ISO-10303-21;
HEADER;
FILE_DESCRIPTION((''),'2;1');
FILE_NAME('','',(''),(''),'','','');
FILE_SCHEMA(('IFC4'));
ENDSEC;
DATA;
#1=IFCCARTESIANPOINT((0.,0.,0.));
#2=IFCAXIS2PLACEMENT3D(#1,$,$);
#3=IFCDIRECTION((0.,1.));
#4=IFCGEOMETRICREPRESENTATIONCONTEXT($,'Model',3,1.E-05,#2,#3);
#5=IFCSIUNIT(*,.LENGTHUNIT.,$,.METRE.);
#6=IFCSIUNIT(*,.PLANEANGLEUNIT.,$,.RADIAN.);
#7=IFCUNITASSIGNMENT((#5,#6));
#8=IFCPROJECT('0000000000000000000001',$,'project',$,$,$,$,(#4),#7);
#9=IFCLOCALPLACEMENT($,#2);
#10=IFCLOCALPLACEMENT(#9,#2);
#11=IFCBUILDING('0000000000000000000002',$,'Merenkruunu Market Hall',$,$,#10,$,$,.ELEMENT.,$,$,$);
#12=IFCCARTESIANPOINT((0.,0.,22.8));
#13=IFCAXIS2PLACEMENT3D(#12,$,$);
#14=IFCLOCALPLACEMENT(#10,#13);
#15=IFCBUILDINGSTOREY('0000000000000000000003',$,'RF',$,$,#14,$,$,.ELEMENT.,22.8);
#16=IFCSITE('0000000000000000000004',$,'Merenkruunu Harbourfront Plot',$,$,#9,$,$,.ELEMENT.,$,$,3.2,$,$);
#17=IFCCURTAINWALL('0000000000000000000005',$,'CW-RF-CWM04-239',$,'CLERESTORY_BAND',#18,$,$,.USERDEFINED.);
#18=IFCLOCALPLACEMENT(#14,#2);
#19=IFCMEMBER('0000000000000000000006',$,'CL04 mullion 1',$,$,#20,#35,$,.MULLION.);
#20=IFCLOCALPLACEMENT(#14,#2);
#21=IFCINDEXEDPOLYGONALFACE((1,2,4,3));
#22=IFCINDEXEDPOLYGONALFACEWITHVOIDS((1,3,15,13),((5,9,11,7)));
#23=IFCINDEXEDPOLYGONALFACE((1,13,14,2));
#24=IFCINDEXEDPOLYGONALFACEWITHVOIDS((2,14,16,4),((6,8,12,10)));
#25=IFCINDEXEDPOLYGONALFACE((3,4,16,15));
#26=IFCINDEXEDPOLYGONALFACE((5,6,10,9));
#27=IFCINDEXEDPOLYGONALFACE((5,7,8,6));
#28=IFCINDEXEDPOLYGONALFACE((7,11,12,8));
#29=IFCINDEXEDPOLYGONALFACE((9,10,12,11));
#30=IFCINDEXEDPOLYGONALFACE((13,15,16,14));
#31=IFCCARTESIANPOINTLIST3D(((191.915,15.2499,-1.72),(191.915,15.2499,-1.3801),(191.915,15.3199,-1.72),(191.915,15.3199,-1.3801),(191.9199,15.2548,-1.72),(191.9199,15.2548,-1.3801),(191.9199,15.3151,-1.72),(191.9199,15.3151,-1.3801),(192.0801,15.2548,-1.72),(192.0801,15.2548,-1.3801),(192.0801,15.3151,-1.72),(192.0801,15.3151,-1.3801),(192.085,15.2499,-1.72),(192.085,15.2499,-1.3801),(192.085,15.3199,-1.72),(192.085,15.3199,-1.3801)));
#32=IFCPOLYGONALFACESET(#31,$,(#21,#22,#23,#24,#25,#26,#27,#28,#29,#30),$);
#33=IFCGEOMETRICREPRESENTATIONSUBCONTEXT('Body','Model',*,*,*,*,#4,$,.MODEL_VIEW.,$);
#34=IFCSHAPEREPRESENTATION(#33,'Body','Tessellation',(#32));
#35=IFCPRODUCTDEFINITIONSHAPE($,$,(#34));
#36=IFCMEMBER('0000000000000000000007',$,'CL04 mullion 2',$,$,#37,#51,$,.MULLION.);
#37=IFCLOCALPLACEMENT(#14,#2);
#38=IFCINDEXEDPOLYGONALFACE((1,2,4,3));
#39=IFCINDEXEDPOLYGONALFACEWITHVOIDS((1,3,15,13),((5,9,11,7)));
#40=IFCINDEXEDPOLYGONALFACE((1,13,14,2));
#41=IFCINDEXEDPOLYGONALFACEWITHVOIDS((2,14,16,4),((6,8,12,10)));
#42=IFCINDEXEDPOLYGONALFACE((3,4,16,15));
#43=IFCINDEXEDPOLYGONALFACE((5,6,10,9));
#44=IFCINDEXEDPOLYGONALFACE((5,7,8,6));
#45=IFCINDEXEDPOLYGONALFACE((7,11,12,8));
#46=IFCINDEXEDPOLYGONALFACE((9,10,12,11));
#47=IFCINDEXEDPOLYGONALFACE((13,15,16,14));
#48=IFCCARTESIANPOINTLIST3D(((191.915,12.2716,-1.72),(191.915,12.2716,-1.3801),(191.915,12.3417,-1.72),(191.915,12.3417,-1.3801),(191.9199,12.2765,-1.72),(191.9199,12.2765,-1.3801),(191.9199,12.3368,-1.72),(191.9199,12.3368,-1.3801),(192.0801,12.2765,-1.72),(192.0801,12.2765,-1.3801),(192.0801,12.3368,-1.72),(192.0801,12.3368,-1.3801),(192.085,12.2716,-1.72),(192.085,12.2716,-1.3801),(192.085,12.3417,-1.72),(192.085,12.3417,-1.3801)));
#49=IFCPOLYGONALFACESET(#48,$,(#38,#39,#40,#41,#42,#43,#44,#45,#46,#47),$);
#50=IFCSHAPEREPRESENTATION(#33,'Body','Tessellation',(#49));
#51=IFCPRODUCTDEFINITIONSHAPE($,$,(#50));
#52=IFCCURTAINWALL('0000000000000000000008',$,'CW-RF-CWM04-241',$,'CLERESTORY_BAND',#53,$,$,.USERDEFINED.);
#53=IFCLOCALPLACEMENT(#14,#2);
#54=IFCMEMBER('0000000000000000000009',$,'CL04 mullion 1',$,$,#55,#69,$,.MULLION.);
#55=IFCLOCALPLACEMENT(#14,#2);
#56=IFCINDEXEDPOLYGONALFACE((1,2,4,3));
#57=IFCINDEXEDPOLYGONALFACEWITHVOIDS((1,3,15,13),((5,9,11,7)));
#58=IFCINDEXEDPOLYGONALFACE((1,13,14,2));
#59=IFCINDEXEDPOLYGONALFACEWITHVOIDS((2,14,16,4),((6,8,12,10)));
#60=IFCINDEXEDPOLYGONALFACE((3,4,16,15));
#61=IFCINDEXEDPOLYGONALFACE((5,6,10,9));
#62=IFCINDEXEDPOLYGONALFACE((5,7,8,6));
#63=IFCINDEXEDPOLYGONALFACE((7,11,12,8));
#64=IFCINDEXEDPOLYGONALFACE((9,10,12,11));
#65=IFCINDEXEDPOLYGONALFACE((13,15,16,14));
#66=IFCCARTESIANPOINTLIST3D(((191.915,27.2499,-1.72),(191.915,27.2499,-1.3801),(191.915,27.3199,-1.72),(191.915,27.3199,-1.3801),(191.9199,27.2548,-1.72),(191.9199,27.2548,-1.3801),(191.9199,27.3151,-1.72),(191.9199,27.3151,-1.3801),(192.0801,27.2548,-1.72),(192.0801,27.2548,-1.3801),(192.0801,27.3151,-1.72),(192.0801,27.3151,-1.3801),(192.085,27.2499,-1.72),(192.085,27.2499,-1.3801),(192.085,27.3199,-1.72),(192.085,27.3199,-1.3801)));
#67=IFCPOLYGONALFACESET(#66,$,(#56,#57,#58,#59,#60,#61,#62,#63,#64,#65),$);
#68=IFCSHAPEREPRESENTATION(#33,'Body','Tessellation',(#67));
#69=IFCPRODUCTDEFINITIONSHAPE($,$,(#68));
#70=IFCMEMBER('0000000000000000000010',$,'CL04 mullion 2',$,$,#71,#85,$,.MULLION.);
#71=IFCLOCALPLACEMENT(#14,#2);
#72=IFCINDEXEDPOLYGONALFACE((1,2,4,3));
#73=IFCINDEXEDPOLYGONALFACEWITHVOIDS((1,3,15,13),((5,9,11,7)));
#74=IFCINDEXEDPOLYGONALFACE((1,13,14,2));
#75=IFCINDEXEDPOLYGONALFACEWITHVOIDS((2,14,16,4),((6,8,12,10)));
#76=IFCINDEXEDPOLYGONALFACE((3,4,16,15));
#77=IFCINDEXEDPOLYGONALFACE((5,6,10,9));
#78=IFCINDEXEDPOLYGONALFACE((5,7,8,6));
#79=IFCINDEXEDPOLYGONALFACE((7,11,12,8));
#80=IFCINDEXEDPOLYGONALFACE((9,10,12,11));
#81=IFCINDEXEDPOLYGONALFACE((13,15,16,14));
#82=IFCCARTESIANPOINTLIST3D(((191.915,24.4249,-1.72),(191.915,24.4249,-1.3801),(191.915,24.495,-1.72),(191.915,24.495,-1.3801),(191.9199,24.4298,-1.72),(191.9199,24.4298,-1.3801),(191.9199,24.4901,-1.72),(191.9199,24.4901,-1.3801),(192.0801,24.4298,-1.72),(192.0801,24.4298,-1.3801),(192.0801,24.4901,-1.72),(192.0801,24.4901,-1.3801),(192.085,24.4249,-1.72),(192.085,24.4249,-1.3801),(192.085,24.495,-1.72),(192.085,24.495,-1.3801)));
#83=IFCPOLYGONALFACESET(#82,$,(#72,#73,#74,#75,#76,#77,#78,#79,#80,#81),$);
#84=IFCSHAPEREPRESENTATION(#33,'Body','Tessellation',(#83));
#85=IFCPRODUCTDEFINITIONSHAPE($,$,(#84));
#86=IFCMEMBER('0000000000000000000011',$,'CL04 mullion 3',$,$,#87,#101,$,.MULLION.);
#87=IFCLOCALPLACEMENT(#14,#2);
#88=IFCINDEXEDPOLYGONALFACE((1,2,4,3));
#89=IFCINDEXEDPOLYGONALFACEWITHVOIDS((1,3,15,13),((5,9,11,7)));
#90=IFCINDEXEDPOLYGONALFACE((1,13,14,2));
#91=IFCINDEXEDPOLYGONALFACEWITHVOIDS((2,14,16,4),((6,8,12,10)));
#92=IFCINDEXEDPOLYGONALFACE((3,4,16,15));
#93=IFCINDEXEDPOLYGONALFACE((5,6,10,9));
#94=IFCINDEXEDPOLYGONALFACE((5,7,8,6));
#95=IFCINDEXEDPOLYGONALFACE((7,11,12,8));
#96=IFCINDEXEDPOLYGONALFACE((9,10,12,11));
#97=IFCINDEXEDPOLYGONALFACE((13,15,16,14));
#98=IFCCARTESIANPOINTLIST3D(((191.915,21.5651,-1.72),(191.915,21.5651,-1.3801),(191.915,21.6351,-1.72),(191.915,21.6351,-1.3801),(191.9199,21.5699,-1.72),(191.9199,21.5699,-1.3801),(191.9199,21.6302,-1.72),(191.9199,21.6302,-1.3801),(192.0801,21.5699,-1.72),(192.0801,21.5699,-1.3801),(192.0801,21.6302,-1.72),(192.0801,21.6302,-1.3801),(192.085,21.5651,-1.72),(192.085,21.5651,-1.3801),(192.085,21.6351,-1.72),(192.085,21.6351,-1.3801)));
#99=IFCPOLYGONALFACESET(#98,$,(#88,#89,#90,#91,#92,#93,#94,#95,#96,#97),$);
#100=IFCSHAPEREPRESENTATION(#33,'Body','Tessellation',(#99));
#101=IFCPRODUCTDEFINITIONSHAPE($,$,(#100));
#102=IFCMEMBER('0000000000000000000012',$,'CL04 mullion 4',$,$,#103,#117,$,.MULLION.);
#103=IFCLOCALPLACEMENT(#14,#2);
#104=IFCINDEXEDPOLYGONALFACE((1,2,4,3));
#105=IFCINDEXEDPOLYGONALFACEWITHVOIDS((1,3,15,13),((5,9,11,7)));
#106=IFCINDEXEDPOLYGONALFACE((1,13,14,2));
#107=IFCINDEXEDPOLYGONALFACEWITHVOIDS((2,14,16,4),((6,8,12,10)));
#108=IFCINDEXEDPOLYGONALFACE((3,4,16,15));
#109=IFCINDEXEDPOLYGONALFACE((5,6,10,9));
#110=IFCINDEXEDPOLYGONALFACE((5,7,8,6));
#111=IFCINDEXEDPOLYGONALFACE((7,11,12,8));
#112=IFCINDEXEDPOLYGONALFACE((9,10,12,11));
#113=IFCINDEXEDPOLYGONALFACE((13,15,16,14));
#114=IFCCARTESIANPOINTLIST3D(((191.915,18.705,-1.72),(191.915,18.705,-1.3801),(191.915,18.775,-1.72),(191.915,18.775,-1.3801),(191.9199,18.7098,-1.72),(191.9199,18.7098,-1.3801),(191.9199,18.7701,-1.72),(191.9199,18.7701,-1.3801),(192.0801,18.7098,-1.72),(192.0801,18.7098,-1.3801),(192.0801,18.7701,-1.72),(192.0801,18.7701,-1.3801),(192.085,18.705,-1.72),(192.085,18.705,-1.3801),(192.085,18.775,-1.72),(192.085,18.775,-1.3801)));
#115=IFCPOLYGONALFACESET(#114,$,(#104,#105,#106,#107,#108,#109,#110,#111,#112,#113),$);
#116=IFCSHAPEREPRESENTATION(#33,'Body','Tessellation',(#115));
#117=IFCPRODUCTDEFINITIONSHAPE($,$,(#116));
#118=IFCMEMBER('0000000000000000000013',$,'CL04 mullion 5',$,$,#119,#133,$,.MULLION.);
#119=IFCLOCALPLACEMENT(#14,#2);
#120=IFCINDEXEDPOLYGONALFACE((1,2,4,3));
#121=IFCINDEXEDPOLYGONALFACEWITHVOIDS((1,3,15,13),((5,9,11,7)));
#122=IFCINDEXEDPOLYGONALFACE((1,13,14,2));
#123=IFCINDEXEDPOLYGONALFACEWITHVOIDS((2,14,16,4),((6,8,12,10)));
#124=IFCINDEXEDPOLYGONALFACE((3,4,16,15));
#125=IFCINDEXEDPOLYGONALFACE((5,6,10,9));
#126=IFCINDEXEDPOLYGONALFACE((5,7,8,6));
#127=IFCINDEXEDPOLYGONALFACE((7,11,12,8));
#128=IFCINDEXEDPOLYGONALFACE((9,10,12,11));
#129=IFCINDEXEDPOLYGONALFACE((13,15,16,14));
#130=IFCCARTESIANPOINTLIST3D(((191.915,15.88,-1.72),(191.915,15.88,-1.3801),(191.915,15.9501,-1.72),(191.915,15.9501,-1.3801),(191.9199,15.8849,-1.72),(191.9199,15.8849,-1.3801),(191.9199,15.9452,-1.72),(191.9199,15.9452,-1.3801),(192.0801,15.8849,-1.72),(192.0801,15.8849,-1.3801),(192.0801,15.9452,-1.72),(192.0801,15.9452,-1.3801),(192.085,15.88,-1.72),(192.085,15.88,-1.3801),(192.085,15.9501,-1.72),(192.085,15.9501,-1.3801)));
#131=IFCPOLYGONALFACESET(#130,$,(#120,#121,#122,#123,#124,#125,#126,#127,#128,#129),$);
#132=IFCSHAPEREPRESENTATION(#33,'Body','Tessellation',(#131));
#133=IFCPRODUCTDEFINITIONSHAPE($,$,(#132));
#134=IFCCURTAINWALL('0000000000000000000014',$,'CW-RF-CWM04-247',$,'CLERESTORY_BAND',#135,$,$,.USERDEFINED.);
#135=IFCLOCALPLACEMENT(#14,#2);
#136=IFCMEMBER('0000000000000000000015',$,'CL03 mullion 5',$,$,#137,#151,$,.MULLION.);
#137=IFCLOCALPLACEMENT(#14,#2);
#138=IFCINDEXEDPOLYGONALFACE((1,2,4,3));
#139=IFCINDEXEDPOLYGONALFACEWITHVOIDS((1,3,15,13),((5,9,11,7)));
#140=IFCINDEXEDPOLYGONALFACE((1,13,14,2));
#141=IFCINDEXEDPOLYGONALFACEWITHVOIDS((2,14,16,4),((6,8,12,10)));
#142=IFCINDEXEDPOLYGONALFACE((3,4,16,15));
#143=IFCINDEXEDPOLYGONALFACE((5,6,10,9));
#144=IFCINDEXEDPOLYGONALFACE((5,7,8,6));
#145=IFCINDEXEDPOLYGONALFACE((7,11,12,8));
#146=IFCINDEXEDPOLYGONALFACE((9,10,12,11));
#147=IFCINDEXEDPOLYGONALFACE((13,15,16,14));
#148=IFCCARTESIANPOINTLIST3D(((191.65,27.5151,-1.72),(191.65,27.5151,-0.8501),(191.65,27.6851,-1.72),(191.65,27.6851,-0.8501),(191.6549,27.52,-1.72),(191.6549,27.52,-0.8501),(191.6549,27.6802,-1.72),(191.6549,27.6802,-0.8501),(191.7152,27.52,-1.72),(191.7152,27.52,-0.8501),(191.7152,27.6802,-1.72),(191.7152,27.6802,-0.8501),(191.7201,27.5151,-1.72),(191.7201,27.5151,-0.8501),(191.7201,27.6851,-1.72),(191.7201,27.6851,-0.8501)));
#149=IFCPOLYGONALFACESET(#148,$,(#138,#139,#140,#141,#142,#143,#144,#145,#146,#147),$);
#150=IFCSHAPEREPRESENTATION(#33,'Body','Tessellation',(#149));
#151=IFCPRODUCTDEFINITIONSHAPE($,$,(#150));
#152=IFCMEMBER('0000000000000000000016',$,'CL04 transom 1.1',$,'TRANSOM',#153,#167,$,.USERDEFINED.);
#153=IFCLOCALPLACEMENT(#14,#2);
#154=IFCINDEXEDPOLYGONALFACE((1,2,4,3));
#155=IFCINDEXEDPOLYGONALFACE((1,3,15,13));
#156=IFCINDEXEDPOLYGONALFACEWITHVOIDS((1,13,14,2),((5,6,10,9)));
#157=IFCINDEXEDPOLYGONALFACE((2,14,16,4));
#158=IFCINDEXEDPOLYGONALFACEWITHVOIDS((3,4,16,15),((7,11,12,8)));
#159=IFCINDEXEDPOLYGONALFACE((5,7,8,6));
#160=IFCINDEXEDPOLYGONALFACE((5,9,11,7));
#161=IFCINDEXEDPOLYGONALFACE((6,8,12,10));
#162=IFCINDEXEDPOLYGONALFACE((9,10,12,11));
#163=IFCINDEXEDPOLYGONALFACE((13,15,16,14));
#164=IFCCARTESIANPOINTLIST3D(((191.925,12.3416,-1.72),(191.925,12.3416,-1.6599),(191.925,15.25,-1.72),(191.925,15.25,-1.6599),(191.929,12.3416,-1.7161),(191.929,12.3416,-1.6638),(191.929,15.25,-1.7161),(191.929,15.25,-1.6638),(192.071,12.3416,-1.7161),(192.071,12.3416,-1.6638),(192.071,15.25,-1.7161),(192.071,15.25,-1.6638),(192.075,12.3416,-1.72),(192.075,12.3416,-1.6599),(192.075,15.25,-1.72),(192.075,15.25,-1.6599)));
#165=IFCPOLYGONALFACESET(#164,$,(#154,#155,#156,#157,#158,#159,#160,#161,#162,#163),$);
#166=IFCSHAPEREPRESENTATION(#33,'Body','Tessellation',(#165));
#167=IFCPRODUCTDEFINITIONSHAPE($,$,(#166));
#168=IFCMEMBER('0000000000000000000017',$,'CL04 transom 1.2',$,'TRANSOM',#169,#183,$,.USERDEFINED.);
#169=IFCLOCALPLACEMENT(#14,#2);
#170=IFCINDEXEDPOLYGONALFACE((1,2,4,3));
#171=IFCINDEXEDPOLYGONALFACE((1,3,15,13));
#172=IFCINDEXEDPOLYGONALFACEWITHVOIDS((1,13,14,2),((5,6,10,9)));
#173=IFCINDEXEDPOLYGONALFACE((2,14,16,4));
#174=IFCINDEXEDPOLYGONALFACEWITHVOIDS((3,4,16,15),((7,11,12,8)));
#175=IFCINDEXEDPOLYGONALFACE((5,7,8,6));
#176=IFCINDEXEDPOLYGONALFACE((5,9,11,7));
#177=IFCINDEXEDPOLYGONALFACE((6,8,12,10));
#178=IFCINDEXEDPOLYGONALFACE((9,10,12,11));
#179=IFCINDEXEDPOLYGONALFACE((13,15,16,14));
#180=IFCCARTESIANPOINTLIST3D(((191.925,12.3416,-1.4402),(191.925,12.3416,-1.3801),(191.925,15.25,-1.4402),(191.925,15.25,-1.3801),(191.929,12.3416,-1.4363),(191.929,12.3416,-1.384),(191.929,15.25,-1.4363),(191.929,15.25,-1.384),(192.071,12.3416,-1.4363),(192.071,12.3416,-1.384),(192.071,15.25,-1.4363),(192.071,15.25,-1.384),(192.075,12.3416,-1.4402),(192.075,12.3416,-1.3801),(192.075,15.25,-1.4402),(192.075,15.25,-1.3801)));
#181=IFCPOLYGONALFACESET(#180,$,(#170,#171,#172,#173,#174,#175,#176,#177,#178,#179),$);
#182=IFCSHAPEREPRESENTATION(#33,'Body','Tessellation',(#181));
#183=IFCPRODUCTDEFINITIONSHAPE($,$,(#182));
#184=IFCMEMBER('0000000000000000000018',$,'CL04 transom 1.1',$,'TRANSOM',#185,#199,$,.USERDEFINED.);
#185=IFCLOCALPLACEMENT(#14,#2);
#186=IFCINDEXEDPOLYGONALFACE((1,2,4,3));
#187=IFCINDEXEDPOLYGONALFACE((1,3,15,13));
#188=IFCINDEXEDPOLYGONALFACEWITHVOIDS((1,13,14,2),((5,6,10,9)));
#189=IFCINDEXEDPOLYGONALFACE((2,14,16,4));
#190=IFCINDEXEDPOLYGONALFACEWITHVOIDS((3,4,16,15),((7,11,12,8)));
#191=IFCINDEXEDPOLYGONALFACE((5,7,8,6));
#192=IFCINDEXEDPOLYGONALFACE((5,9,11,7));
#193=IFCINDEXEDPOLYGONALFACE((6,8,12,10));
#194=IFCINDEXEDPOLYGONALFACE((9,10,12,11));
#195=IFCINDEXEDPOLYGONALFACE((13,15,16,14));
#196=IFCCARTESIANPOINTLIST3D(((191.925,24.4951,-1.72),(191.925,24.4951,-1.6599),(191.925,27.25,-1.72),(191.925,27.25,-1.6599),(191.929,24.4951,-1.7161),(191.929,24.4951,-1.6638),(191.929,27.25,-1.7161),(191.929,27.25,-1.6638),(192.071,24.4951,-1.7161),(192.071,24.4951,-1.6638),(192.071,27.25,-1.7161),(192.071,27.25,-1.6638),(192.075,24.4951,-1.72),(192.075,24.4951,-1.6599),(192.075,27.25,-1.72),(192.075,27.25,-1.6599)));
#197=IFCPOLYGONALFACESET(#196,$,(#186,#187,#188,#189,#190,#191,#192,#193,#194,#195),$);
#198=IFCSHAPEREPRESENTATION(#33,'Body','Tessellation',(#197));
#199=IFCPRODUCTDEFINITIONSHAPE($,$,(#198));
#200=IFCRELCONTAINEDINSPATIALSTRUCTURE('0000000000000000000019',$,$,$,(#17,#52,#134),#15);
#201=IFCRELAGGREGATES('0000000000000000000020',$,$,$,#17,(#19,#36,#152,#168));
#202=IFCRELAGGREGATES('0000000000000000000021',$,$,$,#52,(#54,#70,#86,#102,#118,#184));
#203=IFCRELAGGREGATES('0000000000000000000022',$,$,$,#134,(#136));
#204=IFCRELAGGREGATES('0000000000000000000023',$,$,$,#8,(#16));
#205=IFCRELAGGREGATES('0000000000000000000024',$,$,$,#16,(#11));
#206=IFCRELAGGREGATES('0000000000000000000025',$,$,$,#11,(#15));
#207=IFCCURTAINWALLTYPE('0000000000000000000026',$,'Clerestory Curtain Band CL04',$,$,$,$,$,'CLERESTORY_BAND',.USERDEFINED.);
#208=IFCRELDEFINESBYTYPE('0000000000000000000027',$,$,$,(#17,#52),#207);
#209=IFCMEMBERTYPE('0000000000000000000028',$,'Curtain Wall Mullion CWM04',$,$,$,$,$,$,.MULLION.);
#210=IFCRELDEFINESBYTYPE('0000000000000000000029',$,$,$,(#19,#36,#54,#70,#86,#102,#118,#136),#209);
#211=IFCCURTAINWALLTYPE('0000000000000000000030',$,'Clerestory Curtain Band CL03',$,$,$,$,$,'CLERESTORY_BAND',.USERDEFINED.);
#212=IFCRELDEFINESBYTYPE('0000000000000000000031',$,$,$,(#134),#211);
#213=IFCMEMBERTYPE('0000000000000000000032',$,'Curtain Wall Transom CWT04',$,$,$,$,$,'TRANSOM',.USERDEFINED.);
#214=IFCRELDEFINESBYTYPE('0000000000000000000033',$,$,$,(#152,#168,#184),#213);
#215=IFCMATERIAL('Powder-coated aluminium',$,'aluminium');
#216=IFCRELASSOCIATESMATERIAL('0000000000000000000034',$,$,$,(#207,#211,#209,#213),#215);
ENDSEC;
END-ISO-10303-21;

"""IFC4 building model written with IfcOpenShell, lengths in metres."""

from ifc_helpers import new_model, si_unit, direction, frame, origin, origin_2d, place, context, subcontext, project, spatial, hollow_rectangle, extrude, material, material_profile, profile_set, type_object, element, aggregate, save


model = new_model("IFC4")

# Units and contexts
model_context = context("Model", 3, precision=1e-05, world=origin(), true_north=direction((0.0, 1.0)))
body_context = subcontext(model_context, "Body", "Model", "MODEL_VIEW")
ifc_project = project(units=[si_unit("LENGTHUNIT", "METRE"), si_unit("PLANEANGLEUNIT", "RADIAN")], contexts=[model_context])

# Site, building, storey
site_placement = place(None, origin())
site = spatial("IfcSite", under=ifc_project, at=site_placement, Name="Merenkruunu Harbourfront Plot", CompositionType="ELEMENT", RefElevation=3.2)
building_placement = place(site_placement, origin())
building = spatial("IfcBuilding", under=site, at=building_placement, Name="Merenkruunu Market Hall", CompositionType="ELEMENT")
storey_placement = place(building_placement, frame((0.0, 0.0, 22.8)))
storey = spatial("IfcBuildingStorey", under=building, at=storey_placement, Name="RF", CompositionType="ELEMENT", Elevation=22.8)

# Curtain walls, members
ifc_material_1 = material(Name="Powder-coated aluminium", Category="aluminium")
curtain_wall_type_1 = type_object("IfcCurtainWallType", Name="Clerestory Curtain Band CL04", ElementType="CLERESTORY_BAND", PredefinedType="USERDEFINED", material=ifc_material_1)
curtain_wall_1_placement = place(storey_placement, origin())
curtain_wall_1 = element("IfcCurtainWall", 1, at=curtain_wall_1_placement, inside=storey, type_object=curtain_wall_type_1, Name="CW-RF-CWM04-239", ObjectType="CLERESTORY_BAND", PredefinedType="USERDEFINED")
ifc_material_profile_1 = material_profile(ifc_material_1, hollow_rectangle(XDim=0.0701, YDim=0.1699, WallThickness=0.0049, at=origin_2d()), Name="ALU 70x170x5")
ifc_profile_set_1 = profile_set([ifc_material_profile_1], Name="Powder-coated aluminium")
member_type_1 = type_object("IfcMemberType", Name="Curtain Wall Mullion CWM04", PredefinedType="MULLION", material=ifc_profile_set_1)
member_1_placement = place(storey_placement, frame((192.0, 15.2849, -1.72), z_axis=(0.0, 0.0, 1.0), x_axis=(0.0, -1.0, 0.0)))
member_1 = element("IfcMember", 2, at=member_1_placement, type_object=member_type_1, Name="CL04 mullion 1", PredefinedType="MULLION", context=body_context, shape_type="SweptSolid", body=[
    extrude(hollow_rectangle(XDim=0.0701, YDim=0.1699, WallThickness=0.0049, at=origin_2d()), origin(), (0.0, 0.0, 1.0), 0.3398),
])
member_2_placement = place(storey_placement, frame((192.0, 12.3066, -1.72), z_axis=(0.0, 0.0, 1.0), x_axis=(0.0, -1.0, 0.0)))
member_2 = element("IfcMember", 3, at=member_2_placement, type_object=member_type_1, Name="CL04 mullion 2", PredefinedType="MULLION", context=body_context, shape_type="SweptSolid", body=[
    extrude(hollow_rectangle(XDim=0.0701, YDim=0.1699, WallThickness=0.0049, at=origin_2d()), origin(), (0.0, 0.0, 1.0), 0.3398),
])
curtain_wall_2_placement = place(storey_placement, origin())
curtain_wall_2 = element("IfcCurtainWall", 4, at=curtain_wall_2_placement, inside=storey, type_object=curtain_wall_type_1, Name="CW-RF-CWM04-241", ObjectType="CLERESTORY_BAND", PredefinedType="USERDEFINED")
member_3_placement = place(storey_placement, frame((192.0, 27.2849, -1.72), z_axis=(0.0, 0.0, 1.0), x_axis=(0.0, -1.0, 0.0)))
member_3 = element("IfcMember", 5, at=member_3_placement, type_object=member_type_1, Name="CL04 mullion 1", PredefinedType="MULLION", context=body_context, shape_type="SweptSolid", body=[
    extrude(hollow_rectangle(XDim=0.0701, YDim=0.1699, WallThickness=0.0049, at=origin_2d()), origin(), (0.0, 0.0, 1.0), 0.3398),
])
member_4_placement = place(storey_placement, frame((192.0, 24.46, -1.72), z_axis=(0.0, 0.0, 1.0), x_axis=(0.0, -1.0, 0.0)))
member_4 = element("IfcMember", 6, at=member_4_placement, type_object=member_type_1, Name="CL04 mullion 2", PredefinedType="MULLION", context=body_context, shape_type="SweptSolid", body=[
    extrude(hollow_rectangle(XDim=0.0701, YDim=0.1699, WallThickness=0.0049, at=origin_2d()), origin(), (0.0, 0.0, 1.0), 0.3398),
])
member_5_placement = place(storey_placement, frame((192.0, 21.6001, -1.72), z_axis=(0.0, 0.0, 1.0), x_axis=(0.0, -1.0, 0.0)))
member_5 = element("IfcMember", 7, at=member_5_placement, type_object=member_type_1, Name="CL04 mullion 3", PredefinedType="MULLION", context=body_context, shape_type="SweptSolid", body=[
    extrude(hollow_rectangle(XDim=0.0701, YDim=0.1699, WallThickness=0.0049, at=origin_2d()), origin(), (0.0, 0.0, 1.0), 0.3398),
])
member_6_placement = place(storey_placement, frame((192.0, 18.74, -1.72), z_axis=(0.0, 0.0, 1.0), x_axis=(0.0, -1.0, 0.0)))
member_6 = element("IfcMember", 8, at=member_6_placement, type_object=member_type_1, Name="CL04 mullion 4", PredefinedType="MULLION", context=body_context, shape_type="SweptSolid", body=[
    extrude(hollow_rectangle(XDim=0.0701, YDim=0.1699, WallThickness=0.0049, at=origin_2d()), origin(), (0.0, 0.0, 1.0), 0.3398),
])
member_7_placement = place(storey_placement, frame((192.0, 15.915, -1.72), z_axis=(0.0, 0.0, 1.0), x_axis=(0.0, -1.0, 0.0)))
member_7 = element("IfcMember", 9, at=member_7_placement, type_object=member_type_1, Name="CL04 mullion 5", PredefinedType="MULLION", context=body_context, shape_type="SweptSolid", body=[
    extrude(hollow_rectangle(XDim=0.0701, YDim=0.1699, WallThickness=0.0049, at=origin_2d()), origin(), (0.0, 0.0, 1.0), 0.3398),
])

# Curtain wall, member
curtain_wall_type_2 = type_object("IfcCurtainWallType", Name="Clerestory Curtain Band CL03", ElementType="CLERESTORY_BAND", PredefinedType="USERDEFINED", material=ifc_material_1)
curtain_wall_3_placement = place(storey_placement, origin())
curtain_wall_3 = element("IfcCurtainWall", 10, at=curtain_wall_3_placement, inside=storey, type_object=curtain_wall_type_2, Name="CW-RF-CWM04-247", ObjectType="CLERESTORY_BAND", PredefinedType="USERDEFINED")
member_8_placement = place(storey_placement, frame((191.6851, 27.6001, -1.72), z_axis=(0.0, 0.0, 1.0), x_axis=(1.0, 0.0, 0.0)))
member_8 = element("IfcMember", 11, at=member_8_placement, type_object=member_type_1, Name="CL03 mullion 5", PredefinedType="MULLION", context=body_context, shape_type="SweptSolid", body=[
    extrude(hollow_rectangle(XDim=0.0701, YDim=0.1699, WallThickness=0.0049, at=origin_2d()), origin(), (0.0, 0.0, 1.0), 0.8699),
])

# Members
ifc_material_profile_2 = material_profile(ifc_material_1, hollow_rectangle(XDim=0.0601, YDim=0.1499, WallThickness=0.0039, at=origin_2d()), Name="ALU 60x150x4")
ifc_profile_set_2 = profile_set([ifc_material_profile_2], Name="Powder-coated aluminium")
member_type_2 = type_object("IfcMemberType", Name="Curtain Wall Transom CWT04", ElementType="TRANSOM", PredefinedType="USERDEFINED", material=ifc_profile_set_2)
member_9_placement = place(storey_placement, frame((192.0, 15.25, -1.6899), z_axis=(0.0, -1.0, 0.0), x_axis=(0.0, 0.0, 1.0)))
member_9 = element("IfcMember", 12, at=member_9_placement, type_object=member_type_2, Name="CL04 transom 1.1", ObjectType="TRANSOM", PredefinedType="USERDEFINED", context=body_context, shape_type="SweptSolid", body=[
    extrude(hollow_rectangle(XDim=0.0601, YDim=0.1499, WallThickness=0.0039, at=origin_2d()), origin(), (0.0, 0.0, 1.0), 2.9084),
])
member_10_placement = place(storey_placement, frame((192.0, 15.25, -1.4102), z_axis=(0.0, -1.0, 0.0), x_axis=(0.0, 0.0, 1.0)))
member_10 = element("IfcMember", 13, at=member_10_placement, type_object=member_type_2, Name="CL04 transom 1.2", ObjectType="TRANSOM", PredefinedType="USERDEFINED", context=body_context, shape_type="SweptSolid", body=[
    extrude(hollow_rectangle(XDim=0.0601, YDim=0.1499, WallThickness=0.0039, at=origin_2d()), origin(), (0.0, 0.0, 1.0), 2.9084),
])
member_11_placement = place(storey_placement, frame((192.0, 27.25, -1.6899), z_axis=(0.0, -1.0, 0.0), x_axis=(0.0, 0.0, 1.0)))
member_11 = element("IfcMember", 14, at=member_11_placement, type_object=member_type_2, Name="CL04 transom 1.1", ObjectType="TRANSOM", PredefinedType="USERDEFINED", context=body_context, shape_type="SweptSolid", body=[
    extrude(hollow_rectangle(XDim=0.0601, YDim=0.1499, WallThickness=0.0039, at=origin_2d()), origin(), (0.0, 0.0, 1.0), 2.7549),
])

aggregate(curtain_wall_1, [member_1, member_2, member_9, member_10])
aggregate(curtain_wall_2, [member_3, member_4, member_5, member_6, member_7, member_11])
aggregate(curtain_wall_3, [member_8])

save(model, "model.ifc")
